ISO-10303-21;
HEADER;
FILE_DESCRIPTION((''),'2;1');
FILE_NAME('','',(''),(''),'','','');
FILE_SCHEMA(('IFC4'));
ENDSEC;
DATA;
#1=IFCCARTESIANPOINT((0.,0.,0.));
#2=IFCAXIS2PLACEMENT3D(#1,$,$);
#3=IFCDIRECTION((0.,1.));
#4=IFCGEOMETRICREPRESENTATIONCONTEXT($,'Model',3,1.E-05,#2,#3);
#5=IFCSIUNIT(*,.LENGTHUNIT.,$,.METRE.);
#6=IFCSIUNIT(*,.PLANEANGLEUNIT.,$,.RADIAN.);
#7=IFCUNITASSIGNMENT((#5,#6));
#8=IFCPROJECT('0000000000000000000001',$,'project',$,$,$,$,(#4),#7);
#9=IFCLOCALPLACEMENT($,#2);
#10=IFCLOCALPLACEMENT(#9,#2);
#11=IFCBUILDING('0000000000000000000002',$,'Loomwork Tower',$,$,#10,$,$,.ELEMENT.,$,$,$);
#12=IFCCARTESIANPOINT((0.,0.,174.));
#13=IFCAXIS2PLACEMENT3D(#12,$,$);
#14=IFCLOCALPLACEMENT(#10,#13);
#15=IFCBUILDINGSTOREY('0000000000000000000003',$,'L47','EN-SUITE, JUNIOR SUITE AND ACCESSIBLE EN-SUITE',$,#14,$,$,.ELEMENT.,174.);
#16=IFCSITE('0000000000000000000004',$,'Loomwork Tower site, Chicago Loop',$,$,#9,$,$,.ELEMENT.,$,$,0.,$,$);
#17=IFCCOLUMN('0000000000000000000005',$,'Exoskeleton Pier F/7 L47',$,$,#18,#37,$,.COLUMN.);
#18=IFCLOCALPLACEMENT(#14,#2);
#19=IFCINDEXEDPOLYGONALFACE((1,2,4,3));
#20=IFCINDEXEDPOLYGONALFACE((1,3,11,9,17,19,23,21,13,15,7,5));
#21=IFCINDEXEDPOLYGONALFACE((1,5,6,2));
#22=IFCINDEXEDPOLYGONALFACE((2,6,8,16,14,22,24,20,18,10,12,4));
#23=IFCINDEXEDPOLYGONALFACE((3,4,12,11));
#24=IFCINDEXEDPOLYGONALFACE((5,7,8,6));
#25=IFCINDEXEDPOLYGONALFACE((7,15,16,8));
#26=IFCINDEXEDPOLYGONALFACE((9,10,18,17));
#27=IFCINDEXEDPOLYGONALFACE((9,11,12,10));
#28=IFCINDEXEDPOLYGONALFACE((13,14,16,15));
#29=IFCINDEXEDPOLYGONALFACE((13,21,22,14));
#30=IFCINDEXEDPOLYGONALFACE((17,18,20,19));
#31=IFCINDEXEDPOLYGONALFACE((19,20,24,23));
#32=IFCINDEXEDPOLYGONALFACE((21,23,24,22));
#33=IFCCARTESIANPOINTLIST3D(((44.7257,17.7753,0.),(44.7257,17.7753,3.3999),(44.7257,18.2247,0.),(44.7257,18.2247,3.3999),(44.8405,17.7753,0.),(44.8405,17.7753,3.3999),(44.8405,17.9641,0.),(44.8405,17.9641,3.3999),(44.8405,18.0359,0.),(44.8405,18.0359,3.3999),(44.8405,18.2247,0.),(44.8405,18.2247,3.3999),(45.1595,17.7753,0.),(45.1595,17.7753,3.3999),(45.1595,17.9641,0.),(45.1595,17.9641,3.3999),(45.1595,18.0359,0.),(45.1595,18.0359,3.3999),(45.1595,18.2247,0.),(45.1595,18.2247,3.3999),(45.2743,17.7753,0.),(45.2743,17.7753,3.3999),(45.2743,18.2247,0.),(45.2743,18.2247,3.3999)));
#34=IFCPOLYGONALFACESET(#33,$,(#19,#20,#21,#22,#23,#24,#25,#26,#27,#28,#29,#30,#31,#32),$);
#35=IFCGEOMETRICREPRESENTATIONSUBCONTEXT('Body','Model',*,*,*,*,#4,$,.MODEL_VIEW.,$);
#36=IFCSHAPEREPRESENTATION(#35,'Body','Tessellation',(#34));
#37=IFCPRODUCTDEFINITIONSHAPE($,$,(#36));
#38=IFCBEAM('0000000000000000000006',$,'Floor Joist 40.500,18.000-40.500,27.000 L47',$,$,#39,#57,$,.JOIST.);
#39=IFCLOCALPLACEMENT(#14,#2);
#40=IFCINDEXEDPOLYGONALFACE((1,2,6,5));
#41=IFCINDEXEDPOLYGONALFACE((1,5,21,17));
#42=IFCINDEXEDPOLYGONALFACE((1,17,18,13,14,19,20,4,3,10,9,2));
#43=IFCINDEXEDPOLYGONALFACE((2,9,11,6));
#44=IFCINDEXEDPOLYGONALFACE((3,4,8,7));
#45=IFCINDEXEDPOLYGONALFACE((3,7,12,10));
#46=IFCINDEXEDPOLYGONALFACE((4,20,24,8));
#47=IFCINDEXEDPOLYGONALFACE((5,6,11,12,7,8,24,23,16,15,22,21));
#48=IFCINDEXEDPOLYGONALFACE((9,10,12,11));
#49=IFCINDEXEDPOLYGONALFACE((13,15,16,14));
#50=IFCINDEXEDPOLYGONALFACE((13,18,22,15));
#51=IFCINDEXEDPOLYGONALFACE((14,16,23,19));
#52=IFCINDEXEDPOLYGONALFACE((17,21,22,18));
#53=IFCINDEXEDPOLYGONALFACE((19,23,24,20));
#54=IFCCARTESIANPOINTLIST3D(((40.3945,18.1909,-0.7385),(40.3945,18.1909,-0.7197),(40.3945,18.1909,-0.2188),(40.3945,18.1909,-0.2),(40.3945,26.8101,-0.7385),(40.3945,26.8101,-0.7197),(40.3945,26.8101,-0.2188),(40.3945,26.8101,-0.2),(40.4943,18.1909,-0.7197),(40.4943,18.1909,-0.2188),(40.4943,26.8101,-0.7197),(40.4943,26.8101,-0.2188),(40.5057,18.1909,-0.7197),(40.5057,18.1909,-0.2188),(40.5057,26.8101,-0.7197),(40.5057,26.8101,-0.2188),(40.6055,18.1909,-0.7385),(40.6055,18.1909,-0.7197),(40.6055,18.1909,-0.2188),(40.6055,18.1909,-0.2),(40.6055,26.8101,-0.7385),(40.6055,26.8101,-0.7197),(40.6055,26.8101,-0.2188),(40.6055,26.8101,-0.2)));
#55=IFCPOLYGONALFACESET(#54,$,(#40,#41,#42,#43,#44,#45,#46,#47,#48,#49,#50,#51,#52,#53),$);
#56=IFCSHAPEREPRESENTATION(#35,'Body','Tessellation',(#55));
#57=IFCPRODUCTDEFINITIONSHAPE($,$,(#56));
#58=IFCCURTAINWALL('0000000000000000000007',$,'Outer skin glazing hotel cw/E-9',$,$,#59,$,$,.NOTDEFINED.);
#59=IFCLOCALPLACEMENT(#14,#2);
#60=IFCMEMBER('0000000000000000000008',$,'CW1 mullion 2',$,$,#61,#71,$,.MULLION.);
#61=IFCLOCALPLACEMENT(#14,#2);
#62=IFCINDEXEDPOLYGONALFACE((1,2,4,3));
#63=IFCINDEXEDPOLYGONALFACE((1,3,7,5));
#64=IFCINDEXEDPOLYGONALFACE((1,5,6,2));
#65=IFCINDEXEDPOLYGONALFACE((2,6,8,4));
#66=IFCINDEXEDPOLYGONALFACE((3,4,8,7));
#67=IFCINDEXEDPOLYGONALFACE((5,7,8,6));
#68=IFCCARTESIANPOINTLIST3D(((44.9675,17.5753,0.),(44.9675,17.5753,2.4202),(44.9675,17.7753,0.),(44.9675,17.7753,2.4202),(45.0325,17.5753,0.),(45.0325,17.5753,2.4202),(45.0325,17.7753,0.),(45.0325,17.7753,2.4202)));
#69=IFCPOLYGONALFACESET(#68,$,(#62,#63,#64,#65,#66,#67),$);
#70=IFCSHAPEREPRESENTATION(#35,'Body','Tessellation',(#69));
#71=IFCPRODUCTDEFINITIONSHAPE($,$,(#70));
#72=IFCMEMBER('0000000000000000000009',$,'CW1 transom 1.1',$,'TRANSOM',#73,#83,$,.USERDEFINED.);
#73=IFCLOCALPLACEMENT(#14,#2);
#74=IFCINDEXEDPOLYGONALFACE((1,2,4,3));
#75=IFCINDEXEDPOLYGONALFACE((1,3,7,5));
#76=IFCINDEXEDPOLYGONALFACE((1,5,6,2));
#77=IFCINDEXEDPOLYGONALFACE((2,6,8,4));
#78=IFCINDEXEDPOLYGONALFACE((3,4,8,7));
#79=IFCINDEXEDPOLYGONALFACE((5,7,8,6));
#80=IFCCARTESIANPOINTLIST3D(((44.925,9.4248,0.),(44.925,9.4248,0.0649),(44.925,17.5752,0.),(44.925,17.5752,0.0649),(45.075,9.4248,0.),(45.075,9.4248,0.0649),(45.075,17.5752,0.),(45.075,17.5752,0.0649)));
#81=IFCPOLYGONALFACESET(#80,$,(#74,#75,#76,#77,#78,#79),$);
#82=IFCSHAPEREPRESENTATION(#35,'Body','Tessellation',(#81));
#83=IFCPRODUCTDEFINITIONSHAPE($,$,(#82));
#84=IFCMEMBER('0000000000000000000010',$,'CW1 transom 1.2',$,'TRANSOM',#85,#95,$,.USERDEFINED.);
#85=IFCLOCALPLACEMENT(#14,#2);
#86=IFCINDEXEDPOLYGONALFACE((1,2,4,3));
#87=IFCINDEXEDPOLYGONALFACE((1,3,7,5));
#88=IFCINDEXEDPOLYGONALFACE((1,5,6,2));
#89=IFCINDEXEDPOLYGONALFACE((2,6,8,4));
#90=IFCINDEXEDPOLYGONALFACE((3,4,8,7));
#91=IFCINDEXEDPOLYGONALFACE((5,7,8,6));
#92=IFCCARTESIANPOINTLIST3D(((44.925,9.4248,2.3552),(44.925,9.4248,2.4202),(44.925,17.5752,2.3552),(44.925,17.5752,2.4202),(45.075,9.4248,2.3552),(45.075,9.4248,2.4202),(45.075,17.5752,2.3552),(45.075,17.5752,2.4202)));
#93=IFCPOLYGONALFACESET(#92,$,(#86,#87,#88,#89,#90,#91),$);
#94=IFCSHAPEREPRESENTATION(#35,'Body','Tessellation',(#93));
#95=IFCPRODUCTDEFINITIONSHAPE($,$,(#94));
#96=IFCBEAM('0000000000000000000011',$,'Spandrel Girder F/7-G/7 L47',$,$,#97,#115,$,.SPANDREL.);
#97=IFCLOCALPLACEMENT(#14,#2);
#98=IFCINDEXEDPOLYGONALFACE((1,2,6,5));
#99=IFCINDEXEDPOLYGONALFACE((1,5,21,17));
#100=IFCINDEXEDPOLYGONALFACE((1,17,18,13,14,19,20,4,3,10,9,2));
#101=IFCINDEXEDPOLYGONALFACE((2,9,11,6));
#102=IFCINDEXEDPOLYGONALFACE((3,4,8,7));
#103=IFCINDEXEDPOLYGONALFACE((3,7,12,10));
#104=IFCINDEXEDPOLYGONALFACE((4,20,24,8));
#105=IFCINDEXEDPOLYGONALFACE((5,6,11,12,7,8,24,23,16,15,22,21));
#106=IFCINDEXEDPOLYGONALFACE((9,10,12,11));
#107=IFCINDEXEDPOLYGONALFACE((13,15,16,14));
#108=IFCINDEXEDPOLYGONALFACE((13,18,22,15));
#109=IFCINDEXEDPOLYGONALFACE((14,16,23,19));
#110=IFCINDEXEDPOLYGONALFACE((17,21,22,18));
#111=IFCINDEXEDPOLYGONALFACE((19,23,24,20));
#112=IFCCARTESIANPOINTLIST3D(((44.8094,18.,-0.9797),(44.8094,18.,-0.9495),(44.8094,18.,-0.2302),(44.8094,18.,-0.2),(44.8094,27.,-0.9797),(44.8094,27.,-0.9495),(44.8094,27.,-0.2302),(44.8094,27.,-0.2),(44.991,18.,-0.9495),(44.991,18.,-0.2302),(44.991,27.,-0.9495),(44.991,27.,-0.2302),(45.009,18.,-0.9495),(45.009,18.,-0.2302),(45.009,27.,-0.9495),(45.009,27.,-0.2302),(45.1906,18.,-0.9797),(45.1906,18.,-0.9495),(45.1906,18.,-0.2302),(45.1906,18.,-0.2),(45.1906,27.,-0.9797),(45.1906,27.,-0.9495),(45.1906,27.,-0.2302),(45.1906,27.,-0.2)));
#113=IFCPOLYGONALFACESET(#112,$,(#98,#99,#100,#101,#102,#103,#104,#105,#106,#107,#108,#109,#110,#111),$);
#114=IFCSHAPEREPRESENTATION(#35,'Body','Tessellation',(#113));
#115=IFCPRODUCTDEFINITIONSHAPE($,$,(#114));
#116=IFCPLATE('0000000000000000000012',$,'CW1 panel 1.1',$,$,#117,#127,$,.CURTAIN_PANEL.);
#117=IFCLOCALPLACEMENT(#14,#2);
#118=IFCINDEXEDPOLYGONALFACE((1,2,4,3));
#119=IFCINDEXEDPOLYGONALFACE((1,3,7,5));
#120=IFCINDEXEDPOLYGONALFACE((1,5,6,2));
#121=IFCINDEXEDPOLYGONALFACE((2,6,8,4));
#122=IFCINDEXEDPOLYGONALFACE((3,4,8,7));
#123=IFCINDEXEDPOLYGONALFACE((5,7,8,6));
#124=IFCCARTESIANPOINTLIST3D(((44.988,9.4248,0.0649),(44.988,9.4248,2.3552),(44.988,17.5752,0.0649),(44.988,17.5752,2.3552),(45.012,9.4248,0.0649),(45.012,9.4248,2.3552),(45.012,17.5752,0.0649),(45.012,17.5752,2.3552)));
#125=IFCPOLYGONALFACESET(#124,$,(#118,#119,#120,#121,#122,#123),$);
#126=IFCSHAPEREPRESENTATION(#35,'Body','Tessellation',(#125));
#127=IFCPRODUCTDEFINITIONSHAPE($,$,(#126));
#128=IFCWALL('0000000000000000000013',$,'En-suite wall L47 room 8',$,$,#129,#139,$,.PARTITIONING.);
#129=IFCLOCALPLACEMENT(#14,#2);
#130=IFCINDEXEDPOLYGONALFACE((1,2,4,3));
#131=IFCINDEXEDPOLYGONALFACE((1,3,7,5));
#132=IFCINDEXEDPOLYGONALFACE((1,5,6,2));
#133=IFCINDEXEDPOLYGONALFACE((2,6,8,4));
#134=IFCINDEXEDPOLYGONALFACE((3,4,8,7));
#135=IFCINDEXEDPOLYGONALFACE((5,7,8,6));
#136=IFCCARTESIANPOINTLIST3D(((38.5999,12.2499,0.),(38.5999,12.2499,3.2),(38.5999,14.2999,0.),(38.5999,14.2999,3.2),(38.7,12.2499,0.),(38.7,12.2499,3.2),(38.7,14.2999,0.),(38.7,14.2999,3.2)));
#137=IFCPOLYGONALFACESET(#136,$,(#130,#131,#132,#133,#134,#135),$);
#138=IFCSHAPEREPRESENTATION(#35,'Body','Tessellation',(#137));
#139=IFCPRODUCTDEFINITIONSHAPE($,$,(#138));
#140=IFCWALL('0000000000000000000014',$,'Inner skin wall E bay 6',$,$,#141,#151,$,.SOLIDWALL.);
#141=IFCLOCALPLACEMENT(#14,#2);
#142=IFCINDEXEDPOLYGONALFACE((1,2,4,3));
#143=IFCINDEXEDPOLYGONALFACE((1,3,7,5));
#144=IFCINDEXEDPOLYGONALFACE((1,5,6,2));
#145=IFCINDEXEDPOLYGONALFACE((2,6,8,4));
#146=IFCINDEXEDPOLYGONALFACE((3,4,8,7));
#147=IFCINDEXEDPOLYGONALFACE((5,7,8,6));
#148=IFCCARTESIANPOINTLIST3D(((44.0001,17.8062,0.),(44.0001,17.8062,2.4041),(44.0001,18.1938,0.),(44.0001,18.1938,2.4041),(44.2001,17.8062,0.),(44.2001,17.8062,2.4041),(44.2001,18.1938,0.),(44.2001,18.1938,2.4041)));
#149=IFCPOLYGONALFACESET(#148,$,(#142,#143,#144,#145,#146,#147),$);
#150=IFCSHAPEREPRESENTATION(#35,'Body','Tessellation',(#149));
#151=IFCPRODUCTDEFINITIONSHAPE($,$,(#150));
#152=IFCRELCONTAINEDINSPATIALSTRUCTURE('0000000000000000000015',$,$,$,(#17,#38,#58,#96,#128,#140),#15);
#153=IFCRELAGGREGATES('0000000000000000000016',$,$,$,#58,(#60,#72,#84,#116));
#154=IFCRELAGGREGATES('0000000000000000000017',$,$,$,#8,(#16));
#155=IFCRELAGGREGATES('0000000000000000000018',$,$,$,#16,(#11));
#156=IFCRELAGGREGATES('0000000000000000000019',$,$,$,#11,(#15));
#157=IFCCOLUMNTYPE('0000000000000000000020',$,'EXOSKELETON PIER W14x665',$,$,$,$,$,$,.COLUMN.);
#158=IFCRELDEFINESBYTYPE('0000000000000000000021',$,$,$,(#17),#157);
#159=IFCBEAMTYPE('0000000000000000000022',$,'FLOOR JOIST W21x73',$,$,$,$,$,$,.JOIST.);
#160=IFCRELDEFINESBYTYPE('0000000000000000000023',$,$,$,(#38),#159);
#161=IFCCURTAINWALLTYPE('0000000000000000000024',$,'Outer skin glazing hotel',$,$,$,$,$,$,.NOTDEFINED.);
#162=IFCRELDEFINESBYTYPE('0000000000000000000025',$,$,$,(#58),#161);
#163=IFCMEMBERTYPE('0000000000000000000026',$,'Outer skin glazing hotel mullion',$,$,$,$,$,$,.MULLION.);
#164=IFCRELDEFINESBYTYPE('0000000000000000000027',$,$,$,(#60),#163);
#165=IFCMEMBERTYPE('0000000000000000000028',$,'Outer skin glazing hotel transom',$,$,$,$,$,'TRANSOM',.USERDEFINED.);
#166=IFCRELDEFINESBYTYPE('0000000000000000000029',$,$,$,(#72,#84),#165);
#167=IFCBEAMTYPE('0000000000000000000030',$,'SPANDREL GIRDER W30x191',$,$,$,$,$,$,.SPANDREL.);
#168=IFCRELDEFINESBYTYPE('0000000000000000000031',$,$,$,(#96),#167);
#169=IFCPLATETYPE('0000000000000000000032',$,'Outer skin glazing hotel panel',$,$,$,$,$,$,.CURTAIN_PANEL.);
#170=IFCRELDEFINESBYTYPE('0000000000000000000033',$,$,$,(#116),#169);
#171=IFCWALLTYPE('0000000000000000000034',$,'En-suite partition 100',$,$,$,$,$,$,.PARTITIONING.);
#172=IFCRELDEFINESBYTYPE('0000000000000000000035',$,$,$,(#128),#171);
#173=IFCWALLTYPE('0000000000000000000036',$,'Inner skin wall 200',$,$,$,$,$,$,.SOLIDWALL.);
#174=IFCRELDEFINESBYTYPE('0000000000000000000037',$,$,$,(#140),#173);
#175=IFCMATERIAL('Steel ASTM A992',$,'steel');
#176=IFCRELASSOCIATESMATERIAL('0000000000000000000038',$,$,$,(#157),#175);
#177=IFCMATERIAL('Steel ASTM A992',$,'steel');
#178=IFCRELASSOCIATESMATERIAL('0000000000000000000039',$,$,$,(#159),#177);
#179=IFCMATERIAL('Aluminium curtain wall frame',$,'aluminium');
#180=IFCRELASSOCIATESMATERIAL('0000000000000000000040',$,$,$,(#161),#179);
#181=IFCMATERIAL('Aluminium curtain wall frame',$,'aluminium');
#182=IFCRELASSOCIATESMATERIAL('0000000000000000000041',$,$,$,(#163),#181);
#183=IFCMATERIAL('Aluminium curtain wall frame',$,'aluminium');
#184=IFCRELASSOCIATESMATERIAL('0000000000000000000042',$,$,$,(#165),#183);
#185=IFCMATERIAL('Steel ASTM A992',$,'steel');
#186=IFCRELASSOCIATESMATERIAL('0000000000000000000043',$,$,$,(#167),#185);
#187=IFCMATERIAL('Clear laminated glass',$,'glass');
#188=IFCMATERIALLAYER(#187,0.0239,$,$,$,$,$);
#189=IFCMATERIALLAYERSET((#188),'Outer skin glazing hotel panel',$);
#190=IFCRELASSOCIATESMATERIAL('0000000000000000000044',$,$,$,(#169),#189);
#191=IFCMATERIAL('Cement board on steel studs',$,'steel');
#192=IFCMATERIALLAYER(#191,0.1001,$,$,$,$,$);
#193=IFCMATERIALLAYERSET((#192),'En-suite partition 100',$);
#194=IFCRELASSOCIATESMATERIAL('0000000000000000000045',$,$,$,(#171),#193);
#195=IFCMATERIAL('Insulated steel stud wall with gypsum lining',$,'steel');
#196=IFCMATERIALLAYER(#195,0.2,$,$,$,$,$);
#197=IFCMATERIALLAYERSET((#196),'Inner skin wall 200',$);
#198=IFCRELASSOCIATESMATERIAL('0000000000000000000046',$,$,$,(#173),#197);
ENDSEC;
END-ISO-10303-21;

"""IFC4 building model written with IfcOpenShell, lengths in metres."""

from ifc_helpers import new_model, si_unit, direction, frame, frame_2d, origin, origin_2d, place, context, subcontext, project, spatial, rectangle, i_section, extrude, material, layer, layer_set, material_profile, profile_set, type_object, element, aggregate, save


model = new_model("IFC4")

# Units and contexts
model_context = context("Model", 3, precision=1e-05, world=origin(), true_north=direction((0.0, 1.0)))
body_context = subcontext(model_context, "Body", "Model", "MODEL_VIEW")
ifc_project = project(units=[si_unit("LENGTHUNIT", "METRE"), si_unit("PLANEANGLEUNIT", "RADIAN")], contexts=[model_context])

# Site, building, storey
site_placement = place(None, origin())
site = spatial("IfcSite", under=ifc_project, at=site_placement, Name="Loomwork Tower site, Chicago Loop", CompositionType="ELEMENT", RefElevation=0.0)
building_placement = place(site_placement, origin())
building = spatial("IfcBuilding", under=site, at=building_placement, Name="Loomwork Tower", CompositionType="ELEMENT")
storey_placement = place(building_placement, frame((0.0, 0.0, 174.0)))
storey = spatial("IfcBuildingStorey", under=building, at=storey_placement, Name="L47", Description="EN-SUITE, JUNIOR SUITE AND ACCESSIBLE EN-SUITE", CompositionType="ELEMENT", Elevation=174.0)

# Column
ifc_material_1 = material(Name="Steel ASTM A992", Category="steel")
ifc_material_profile_1 = material_profile(ifc_material_1, i_section(OverallWidth=0.4495, OverallDepth=0.5486, WebThickness=0.0718, FlangeThickness=0.1147, at=origin_2d()), Name="W14x665")
ifc_profile_set_1 = profile_set([ifc_material_profile_1], Name="Steel ASTM A992")
column_type = type_object("IfcColumnType", Name="EXOSKELETON PIER W14x665", PredefinedType="COLUMN", material=ifc_profile_set_1)
column_placement = place(storey_placement, frame((45.0, 18.0, 0.0), z_axis=(0.0, 0.0, 1.0), x_axis=(0.0, 1.0, 0.0)))
element("IfcColumn", 1, at=column_placement, inside=storey, type_object=column_type, Name="Exoskeleton Pier F/7 L47", PredefinedType="COLUMN", context=body_context, shape_type="SweptSolid", body=[
    extrude(i_section(OverallWidth=0.4495, OverallDepth=0.5486, WebThickness=0.0718, FlangeThickness=0.1147, at=origin_2d()), origin(), (0.0, 0.0, 1.0), 3.3999),
])

# Beam
ifc_material_2 = material(Name="Steel ASTM A992", Category="steel")
ifc_material_profile_2 = material_profile(ifc_material_2, i_section(OverallWidth=0.2109, OverallDepth=0.5386, WebThickness=0.0115, FlangeThickness=0.0188, at=origin_2d()), Name="W21x73")
ifc_profile_set_2 = profile_set([ifc_material_profile_2], Name="Steel ASTM A992")
beam_type_1 = type_object("IfcBeamType", Name="FLOOR JOIST W21x73", PredefinedType="JOIST", material=ifc_profile_set_2)
beam_1_placement = place(storey_placement, frame((40.5, 18.1909, -0.4692), z_axis=(0.0, 1.0, 0.0), x_axis=(-1.0, 0.0, 0.0)))
element("IfcBeam", 2, at=beam_1_placement, inside=storey, type_object=beam_type_1, Name="Floor Joist 40.500,18.000-40.500,27.000 L47", PredefinedType="JOIST", context=body_context, shape_type="SweptSolid", body=[
    extrude(i_section(OverallWidth=0.2109, OverallDepth=0.5386, WebThickness=0.0115, FlangeThickness=0.0188, at=origin_2d()), origin(), (0.0, 0.0, 1.0), 8.6191),
])

# Curtain wall, members
ifc_material_3 = material(Name="Aluminium curtain wall frame", Category="aluminium")
curtain_wall_type = type_object("IfcCurtainWallType", Name="Outer skin glazing hotel", PredefinedType="NOTDEFINED", material=ifc_material_3)
curtain_wall_placement = place(storey_placement, origin())
curtain_wall = element("IfcCurtainWall", 3, at=curtain_wall_placement, inside=storey, type_object=curtain_wall_type, Name="Outer skin glazing hotel cw/E-9", PredefinedType="NOTDEFINED")
ifc_material_4 = material(Name="Aluminium curtain wall frame", Category="aluminium")
ifc_material_profile_3 = material_profile(ifc_material_4, rectangle(XDim=0.0649, YDim=0.2, at=origin_2d()), Name="AL 65x200")
ifc_profile_set_3 = profile_set([ifc_material_profile_3], Name="Aluminium curtain wall frame")
member_type_1 = type_object("IfcMemberType", Name="Outer skin glazing hotel mullion", PredefinedType="MULLION", material=ifc_profile_set_3)
member_1_placement = place(storey_placement, frame((45.0, 17.6753, 0.0), z_axis=(0.0, 0.0, 1.0), x_axis=(-1.0, 0.0, 0.0)))
member_1 = element("IfcMember", 4, at=member_1_placement, type_object=member_type_1, Name="CW1 mullion 2", PredefinedType="MULLION", context=body_context, shape_type="SweptSolid", body=[
    extrude(rectangle(XDim=0.0649, YDim=0.2, at=origin_2d()), origin(), (0.0, 0.0, 1.0), 2.4202),
])
ifc_material_5 = material(Name="Aluminium curtain wall frame", Category="aluminium")
ifc_material_profile_4 = material_profile(ifc_material_5, rectangle(XDim=0.1499, YDim=0.0649, at=origin_2d()), Name="AL 65x150")
ifc_profile_set_4 = profile_set([ifc_material_profile_4], Name="Aluminium curtain wall frame")
member_type_2 = type_object("IfcMemberType", Name="Outer skin glazing hotel transom", ElementType="TRANSOM", PredefinedType="USERDEFINED", material=ifc_profile_set_4)
member_2_placement = place(storey_placement, frame((45.0, 9.4248, 0.0325), z_axis=(0.0, 1.0, 0.0), x_axis=(-1.0, 0.0, 0.0)))
member_2 = element("IfcMember", 5, at=member_2_placement, type_object=member_type_2, Name="CW1 transom 1.1", ObjectType="TRANSOM", PredefinedType="USERDEFINED", context=body_context, shape_type="SweptSolid", body=[
    extrude(rectangle(XDim=0.1499, YDim=0.0649, at=origin_2d()), origin(), (0.0, 0.0, 1.0), 8.1504),
])
member_3_placement = place(storey_placement, frame((45.0, 9.4248, 2.3877), z_axis=(0.0, 1.0, 0.0), x_axis=(-1.0, 0.0, 0.0)))
member_3 = element("IfcMember", 6, at=member_3_placement, type_object=member_type_2, Name="CW1 transom 1.2", ObjectType="TRANSOM", PredefinedType="USERDEFINED", context=body_context, shape_type="SweptSolid", body=[
    extrude(rectangle(XDim=0.1499, YDim=0.0649, at=origin_2d()), origin(), (0.0, 0.0, 1.0), 8.1504),
])

# Beam
ifc_material_6 = material(Name="Steel ASTM A992", Category="steel")
ifc_material_profile_5 = material_profile(ifc_material_6, i_section(OverallWidth=0.3811, OverallDepth=0.7798, WebThickness=0.0181, FlangeThickness=0.0303, at=origin_2d()), Name="W30x191")
ifc_profile_set_5 = profile_set([ifc_material_profile_5], Name="Steel ASTM A992")
beam_type_2 = type_object("IfcBeamType", Name="SPANDREL GIRDER W30x191", PredefinedType="SPANDREL", material=ifc_profile_set_5)
beam_2_placement = place(storey_placement, frame((45.0, 18.0, -0.5898), z_axis=(0.0, 1.0, 0.0), x_axis=(-1.0, 0.0, 0.0)))
element("IfcBeam", 7, at=beam_2_placement, inside=storey, type_object=beam_type_2, Name="Spandrel Girder F/7-G/7 L47", PredefinedType="SPANDREL", context=body_context, shape_type="SweptSolid", body=[
    extrude(i_section(OverallWidth=0.3811, OverallDepth=0.7798, WebThickness=0.0181, FlangeThickness=0.0303, at=origin_2d()), origin(), (0.0, 0.0, 1.0), 9.0),
])

# Plate
ifc_material_7 = material(Name="Clear laminated glass", Category="glass")
ifc_layer_1 = layer(ifc_material_7, 0.0239)
ifc_layer_set_1 = layer_set([ifc_layer_1], Name="Outer skin glazing hotel panel")
plate_type = type_object("IfcPlateType", Name="Outer skin glazing hotel panel", PredefinedType="CURTAIN_PANEL", material=ifc_layer_set_1)
plate_placement = place(storey_placement, frame((45.0, 13.5, 0.0649), z_axis=(0.0, 0.0, 1.0), x_axis=(0.0, 1.0, 0.0)))
plate = element("IfcPlate", 8, at=plate_placement, type_object=plate_type, Name="CW1 panel 1.1", PredefinedType="CURTAIN_PANEL", context=body_context, shape_type="SweptSolid", body=[
    extrude(rectangle(XDim=8.1504, YDim=0.0239, at=origin_2d()), origin(), (0.0, 0.0, 1.0), 2.2903),
])
aggregate(curtain_wall, [member_1, member_2, member_3, plate])

# Walls
ifc_material_8 = material(Name="Cement board on steel studs", Category="steel")
ifc_layer_2 = layer(ifc_material_8, 0.1001)
ifc_layer_set_2 = layer_set([ifc_layer_2], Name="En-suite partition 100")
wall_type_1 = type_object("IfcWallType", Name="En-suite partition 100", PredefinedType="PARTITIONING", material=ifc_layer_set_2)
wall_1_placement = place(storey_placement, frame((38.6499, 12.25, 0.0), z_axis=(0.0, 0.0, 1.0), x_axis=(0.0, 1.0, 0.0)))
element("IfcWall", 9, at=wall_1_placement, inside=storey, type_object=wall_type_1, Name="En-suite wall L47 room 8", PredefinedType="PARTITIONING", context=body_context, shape_type="SweptSolid", body=[
    extrude(rectangle(XDim=2.05, YDim=0.1001, at=frame_2d((1.0249, 0.0))), origin(), (0.0, 0.0, 1.0), 3.2),
])
ifc_material_9 = material(Name="Insulated steel stud wall with gypsum lining", Category="steel")
ifc_layer_3 = layer(ifc_material_9, 0.2)
ifc_layer_set_3 = layer_set([ifc_layer_3], Name="Inner skin wall 200")
wall_type_2 = type_object("IfcWallType", Name="Inner skin wall 200", PredefinedType="SOLIDWALL", material=ifc_layer_set_3)
wall_2_placement = place(storey_placement, frame((44.1001, 17.8062, 0.0), z_axis=(0.0, 0.0, 1.0), x_axis=(0.0, 1.0, 0.0)))
element("IfcWall", 10, at=wall_2_placement, inside=storey, type_object=wall_type_2, Name="Inner skin wall E bay 6", PredefinedType="SOLIDWALL", context=body_context, shape_type="SweptSolid", body=[
    extrude(rectangle(XDim=0.3877, YDim=0.2, at=frame_2d((0.1938, 0.0))), origin(), (0.0, 0.0, 1.0), 2.4041),
])

save(model, "model.ifc")
